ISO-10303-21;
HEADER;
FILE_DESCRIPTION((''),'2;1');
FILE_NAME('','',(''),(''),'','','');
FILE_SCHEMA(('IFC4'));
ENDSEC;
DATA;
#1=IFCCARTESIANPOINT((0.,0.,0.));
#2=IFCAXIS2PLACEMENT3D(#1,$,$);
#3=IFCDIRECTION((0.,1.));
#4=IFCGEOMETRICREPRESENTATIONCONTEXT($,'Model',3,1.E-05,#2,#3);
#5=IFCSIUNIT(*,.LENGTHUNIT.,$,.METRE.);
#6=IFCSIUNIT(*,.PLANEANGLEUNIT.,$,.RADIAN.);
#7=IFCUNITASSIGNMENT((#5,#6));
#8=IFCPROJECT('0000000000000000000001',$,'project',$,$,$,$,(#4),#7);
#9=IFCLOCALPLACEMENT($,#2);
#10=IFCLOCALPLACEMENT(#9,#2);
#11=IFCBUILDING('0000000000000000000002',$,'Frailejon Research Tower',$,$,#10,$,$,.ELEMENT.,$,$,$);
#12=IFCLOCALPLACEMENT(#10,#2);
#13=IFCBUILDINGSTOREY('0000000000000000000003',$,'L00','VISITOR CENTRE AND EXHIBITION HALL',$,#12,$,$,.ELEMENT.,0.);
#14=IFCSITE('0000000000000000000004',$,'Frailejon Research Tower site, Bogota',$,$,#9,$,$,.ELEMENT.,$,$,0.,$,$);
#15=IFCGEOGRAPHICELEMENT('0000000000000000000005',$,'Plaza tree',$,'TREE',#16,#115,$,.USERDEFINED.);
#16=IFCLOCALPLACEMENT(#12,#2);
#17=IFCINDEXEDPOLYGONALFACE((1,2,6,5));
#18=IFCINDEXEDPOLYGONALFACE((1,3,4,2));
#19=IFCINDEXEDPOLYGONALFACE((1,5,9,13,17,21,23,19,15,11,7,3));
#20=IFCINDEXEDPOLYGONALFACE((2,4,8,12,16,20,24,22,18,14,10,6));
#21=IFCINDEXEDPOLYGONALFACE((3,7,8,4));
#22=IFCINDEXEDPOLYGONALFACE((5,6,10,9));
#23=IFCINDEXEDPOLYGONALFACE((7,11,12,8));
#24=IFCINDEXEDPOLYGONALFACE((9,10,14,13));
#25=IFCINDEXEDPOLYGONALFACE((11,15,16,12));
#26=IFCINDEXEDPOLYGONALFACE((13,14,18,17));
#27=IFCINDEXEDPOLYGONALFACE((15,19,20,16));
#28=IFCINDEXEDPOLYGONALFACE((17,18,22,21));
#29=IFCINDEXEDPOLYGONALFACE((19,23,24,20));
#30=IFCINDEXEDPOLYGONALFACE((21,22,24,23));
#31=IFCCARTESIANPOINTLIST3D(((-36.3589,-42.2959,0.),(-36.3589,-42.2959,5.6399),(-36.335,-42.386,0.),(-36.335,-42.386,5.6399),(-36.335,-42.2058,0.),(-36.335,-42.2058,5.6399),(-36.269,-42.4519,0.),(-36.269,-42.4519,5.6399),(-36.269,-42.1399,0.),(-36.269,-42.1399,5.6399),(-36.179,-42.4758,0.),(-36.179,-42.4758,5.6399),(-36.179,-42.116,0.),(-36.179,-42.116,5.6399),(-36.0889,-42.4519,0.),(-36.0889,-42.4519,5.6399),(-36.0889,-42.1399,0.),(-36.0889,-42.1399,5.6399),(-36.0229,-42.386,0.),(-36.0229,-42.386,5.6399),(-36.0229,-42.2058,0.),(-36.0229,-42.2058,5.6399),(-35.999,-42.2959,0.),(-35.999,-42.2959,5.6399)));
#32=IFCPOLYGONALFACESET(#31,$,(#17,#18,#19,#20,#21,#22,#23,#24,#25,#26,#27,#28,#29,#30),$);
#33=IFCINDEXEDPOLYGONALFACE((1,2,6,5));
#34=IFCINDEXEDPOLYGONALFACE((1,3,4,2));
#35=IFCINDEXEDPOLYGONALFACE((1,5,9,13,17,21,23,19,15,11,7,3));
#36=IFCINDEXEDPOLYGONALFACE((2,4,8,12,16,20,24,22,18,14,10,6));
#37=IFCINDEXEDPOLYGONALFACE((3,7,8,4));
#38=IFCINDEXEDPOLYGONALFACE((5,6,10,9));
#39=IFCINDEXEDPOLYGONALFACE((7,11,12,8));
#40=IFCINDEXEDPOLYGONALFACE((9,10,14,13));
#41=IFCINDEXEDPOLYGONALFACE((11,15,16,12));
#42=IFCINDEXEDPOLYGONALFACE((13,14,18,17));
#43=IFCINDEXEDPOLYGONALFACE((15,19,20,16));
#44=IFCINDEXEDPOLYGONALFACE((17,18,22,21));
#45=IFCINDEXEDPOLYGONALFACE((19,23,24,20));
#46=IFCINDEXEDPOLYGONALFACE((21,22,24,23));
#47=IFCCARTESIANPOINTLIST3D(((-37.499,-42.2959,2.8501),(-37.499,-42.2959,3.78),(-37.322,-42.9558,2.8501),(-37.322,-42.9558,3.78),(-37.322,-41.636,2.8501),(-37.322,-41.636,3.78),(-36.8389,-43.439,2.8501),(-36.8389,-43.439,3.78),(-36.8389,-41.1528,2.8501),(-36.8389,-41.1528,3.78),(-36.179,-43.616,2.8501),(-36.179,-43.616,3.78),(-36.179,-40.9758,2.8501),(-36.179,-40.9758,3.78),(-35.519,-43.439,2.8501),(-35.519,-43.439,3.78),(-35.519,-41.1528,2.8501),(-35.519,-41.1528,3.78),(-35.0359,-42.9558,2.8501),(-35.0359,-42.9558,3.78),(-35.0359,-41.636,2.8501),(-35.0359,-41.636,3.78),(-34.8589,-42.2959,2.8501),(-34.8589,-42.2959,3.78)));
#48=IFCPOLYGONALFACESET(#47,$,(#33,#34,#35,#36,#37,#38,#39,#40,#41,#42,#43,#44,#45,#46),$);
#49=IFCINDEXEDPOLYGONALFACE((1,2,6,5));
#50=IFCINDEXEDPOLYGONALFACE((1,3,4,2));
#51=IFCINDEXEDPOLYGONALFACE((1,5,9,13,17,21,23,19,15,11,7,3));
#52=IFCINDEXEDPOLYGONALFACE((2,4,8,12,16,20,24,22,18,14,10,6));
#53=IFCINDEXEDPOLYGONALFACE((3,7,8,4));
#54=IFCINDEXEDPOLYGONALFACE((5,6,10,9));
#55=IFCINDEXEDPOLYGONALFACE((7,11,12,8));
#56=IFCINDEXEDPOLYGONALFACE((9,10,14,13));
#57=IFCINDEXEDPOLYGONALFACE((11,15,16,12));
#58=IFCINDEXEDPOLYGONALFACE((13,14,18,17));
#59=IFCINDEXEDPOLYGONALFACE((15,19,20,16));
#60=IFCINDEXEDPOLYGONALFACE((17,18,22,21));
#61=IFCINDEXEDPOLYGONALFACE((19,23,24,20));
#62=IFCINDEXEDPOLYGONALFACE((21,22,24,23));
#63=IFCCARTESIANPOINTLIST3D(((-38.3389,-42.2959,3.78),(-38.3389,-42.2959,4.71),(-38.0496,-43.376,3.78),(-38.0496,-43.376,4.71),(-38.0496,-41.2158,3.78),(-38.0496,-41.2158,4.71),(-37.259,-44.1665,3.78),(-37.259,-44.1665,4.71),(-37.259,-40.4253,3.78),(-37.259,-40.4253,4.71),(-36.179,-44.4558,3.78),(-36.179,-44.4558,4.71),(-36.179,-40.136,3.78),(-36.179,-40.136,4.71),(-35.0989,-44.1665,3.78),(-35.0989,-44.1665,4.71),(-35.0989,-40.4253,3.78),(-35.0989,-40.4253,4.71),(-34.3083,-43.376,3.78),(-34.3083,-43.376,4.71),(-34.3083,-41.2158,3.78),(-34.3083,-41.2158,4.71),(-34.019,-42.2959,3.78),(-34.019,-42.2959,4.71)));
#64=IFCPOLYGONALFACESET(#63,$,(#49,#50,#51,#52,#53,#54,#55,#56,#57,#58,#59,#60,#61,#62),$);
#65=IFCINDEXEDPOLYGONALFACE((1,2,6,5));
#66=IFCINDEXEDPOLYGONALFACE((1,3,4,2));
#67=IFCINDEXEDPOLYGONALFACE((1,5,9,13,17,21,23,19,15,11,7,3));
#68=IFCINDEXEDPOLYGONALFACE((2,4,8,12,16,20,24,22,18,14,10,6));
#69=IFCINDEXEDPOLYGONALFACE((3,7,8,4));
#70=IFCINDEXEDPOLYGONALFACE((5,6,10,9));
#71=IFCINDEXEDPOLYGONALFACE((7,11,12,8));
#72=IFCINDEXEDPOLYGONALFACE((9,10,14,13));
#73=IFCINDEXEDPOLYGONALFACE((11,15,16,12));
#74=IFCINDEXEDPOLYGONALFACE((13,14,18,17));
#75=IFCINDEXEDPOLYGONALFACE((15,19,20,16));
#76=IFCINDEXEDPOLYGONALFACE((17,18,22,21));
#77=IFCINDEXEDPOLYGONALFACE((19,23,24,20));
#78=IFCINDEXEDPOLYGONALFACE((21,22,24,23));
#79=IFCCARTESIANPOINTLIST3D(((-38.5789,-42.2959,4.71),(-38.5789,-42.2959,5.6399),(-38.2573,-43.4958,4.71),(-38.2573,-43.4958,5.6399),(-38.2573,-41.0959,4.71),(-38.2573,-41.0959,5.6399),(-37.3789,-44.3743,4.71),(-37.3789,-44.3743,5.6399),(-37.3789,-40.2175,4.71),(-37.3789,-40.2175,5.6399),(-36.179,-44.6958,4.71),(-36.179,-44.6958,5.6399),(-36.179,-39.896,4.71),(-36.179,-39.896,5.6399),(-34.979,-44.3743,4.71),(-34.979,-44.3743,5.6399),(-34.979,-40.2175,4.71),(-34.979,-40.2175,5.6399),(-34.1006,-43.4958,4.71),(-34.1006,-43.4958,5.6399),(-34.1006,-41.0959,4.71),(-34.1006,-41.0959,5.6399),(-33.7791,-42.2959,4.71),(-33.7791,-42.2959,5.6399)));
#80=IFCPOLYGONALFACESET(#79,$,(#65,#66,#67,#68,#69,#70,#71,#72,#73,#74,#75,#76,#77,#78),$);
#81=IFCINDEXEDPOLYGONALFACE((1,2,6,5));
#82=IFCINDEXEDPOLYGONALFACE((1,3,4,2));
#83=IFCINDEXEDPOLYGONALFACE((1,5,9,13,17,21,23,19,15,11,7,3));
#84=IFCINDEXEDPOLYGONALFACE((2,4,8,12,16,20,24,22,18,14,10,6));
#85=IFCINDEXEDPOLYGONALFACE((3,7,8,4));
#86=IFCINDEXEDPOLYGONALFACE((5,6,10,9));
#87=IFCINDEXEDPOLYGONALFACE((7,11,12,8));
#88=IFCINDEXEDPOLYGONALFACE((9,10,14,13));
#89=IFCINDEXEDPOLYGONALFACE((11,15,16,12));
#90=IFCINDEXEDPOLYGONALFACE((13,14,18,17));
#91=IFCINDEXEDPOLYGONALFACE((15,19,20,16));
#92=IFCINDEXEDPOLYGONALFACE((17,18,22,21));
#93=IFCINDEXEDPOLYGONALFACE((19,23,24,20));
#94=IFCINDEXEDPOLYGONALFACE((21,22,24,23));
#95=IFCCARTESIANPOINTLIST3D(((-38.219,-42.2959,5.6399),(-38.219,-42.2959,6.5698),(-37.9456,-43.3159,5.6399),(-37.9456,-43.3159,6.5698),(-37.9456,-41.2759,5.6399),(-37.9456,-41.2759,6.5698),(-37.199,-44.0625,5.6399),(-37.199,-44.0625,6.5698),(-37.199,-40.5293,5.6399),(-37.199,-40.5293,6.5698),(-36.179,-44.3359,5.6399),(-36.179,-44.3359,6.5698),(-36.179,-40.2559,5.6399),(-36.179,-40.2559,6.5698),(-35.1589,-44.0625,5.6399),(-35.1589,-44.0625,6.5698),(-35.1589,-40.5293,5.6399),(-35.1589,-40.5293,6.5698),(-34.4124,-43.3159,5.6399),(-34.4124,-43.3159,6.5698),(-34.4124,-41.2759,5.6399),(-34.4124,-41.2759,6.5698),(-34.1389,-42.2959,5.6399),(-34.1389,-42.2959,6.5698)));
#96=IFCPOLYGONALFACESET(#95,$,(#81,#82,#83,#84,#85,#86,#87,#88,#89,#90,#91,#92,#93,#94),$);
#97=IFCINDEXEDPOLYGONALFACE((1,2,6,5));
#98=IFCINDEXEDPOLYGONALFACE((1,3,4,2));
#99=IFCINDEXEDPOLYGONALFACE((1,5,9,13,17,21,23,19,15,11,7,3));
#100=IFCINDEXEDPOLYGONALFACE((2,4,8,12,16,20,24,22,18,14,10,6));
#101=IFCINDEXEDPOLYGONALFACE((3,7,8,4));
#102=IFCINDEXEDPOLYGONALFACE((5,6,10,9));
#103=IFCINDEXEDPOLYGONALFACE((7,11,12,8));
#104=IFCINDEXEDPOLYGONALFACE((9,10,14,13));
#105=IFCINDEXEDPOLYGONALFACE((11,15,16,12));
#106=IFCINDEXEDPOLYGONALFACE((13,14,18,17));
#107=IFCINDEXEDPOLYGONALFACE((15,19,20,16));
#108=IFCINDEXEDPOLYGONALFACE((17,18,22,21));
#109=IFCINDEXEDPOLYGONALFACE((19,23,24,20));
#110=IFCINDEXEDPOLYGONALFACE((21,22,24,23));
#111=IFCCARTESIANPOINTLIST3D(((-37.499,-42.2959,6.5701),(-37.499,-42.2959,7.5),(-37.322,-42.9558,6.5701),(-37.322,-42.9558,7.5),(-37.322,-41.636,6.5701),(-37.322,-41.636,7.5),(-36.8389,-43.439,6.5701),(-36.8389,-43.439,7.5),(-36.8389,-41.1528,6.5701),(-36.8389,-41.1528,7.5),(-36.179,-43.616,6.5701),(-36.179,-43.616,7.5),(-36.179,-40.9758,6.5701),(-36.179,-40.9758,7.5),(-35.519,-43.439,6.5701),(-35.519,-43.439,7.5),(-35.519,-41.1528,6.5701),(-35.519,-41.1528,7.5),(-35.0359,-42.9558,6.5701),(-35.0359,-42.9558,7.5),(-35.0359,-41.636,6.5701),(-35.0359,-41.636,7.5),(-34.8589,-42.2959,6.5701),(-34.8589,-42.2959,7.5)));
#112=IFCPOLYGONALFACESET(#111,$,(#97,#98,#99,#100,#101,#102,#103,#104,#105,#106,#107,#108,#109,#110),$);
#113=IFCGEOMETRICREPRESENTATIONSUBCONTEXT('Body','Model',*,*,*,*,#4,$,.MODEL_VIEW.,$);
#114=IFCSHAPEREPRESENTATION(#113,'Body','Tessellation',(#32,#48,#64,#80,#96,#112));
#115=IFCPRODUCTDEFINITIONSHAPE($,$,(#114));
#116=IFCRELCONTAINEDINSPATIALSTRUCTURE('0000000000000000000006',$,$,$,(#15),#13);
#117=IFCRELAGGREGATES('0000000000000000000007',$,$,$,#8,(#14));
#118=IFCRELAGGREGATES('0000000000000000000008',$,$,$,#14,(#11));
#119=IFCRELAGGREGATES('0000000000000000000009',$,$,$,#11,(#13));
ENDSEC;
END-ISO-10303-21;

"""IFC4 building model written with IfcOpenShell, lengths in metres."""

from ifc_helpers import new_model, si_unit, direction, frame, origin, place, context, subcontext, project, spatial, polyline, outline, extrude, element, save


model = new_model("IFC4")

# Units and contexts
model_context = context("Model", 3, precision=1e-05, world=origin(), true_north=direction((0.0, 1.0)))
body_context = subcontext(model_context, "Body", "Model", "MODEL_VIEW")
ifc_project = project(units=[si_unit("LENGTHUNIT", "METRE"), si_unit("PLANEANGLEUNIT", "RADIAN")], contexts=[model_context])

# Site, building, storey
site_placement = place(None, origin())
site = spatial("IfcSite", under=ifc_project, at=site_placement, Name="Frailejon Research Tower site, Bogota", CompositionType="ELEMENT", RefElevation=0.0)
building_placement = place(site_placement, origin())
building = spatial("IfcBuilding", under=site, at=building_placement, Name="Frailejon Research Tower", CompositionType="ELEMENT")
storey_placement = place(building_placement, origin())
storey = spatial("IfcBuildingStorey", under=building, at=storey_placement, Name="L00", Description="VISITOR CENTRE AND EXHIBITION HALL", CompositionType="ELEMENT", Elevation=0.0)

# Geographic element
geographic_element_1_placement = place(storey_placement, frame((-36.179, -42.2959, 0.0)))
element("IfcGeographicElement", 1, at=geographic_element_1_placement, inside=storey, Name="Plaza tree", ObjectType="TREE", PredefinedType="USERDEFINED", context=body_context, shape_type="SweptSolid", body=[
    extrude(outline(polyline([(0.1799, 0.0), (0.156, 0.0901), (0.0901, 0.156), (0.0, 0.1799), (-0.0901, 0.156), (-0.156, 0.0901), (-0.1799, 0.0), (-0.156, -0.0901), (-0.0901, -0.156), (0.0, -0.1799), (0.0901, -0.156), (0.156, -0.0901), (0.1799, 0.0)])), origin(), (0.0, 0.0, 1.0), 5.6399),
    extrude(outline(polyline([(1.3201, 0.0), (1.1431, 0.6599), (0.6599, 1.1431), (0.0, 1.3201), (-0.6599, 1.1431), (-1.1431, 0.6599), (-1.3201, 0.0), (-1.1431, -0.6599), (-0.6599, -1.1431), (0.0, -1.3201), (0.6599, -1.1431), (1.1431, -0.6599), (1.3201, 0.0)])), frame((0.0, 0.0, 2.8501)), (0.0, 0.0, 1.0), 0.9299),
    extrude(outline(polyline([(2.1599, 0.0), (1.8706, 1.0801), (1.0801, 1.8706), (0.0, 2.1599), (-1.0801, 1.8706), (-1.8706, 1.0801), (-2.1599, 0.0), (-1.8706, -1.0801), (-1.0801, -1.8706), (0.0, -2.1599), (1.0801, -1.8706), (1.8706, -1.0801), (2.1599, 0.0)])), frame((0.0, 0.0, 3.78)), (0.0, 0.0, 1.0), 0.9299),
    extrude(outline(polyline([(2.3999, 0.0), (2.0784, 1.2), (1.2, 2.0784), (0.0, 2.3999), (-1.2, 2.0784), (-2.0784, 1.2), (-2.3999, 0.0), (-2.0784, -1.2), (-1.2, -2.0784), (0.0, -2.3999), (1.2, -2.0784), (2.0784, -1.2), (2.3999, 0.0)])), frame((0.0, 0.0, 4.71)), (0.0, 0.0, 1.0), 0.9299),
    extrude(outline(polyline([(2.04, 0.0), (1.7666, 1.02), (1.02, 1.7666), (0.0, 2.04), (-1.02, 1.7666), (-1.7666, 1.02), (-2.04, 0.0), (-1.7666, -1.02), (-1.02, -1.7666), (0.0, -2.04), (1.02, -1.7666), (1.7666, -1.02), (2.04, 0.0)])), frame((0.0, 0.0, 5.6399)), (0.0, 0.0, 1.0), 0.9299),
    extrude(outline(polyline([(1.3201, 0.0), (1.1431, 0.6599), (0.6599, 1.1431), (0.0, 1.3201), (-0.6599, 1.1431), (-1.1431, 0.6599), (-1.3201, 0.0), (-1.1431, -0.6599), (-0.6599, -1.1431), (0.0, -1.3201), (0.6599, -1.1431), (1.1431, -0.6599), (1.3201, 0.0)])), frame((0.0, 0.0, 6.5701)), (0.0, 0.0, 1.0), 0.9299),
])

save(model, "model.ifc")
